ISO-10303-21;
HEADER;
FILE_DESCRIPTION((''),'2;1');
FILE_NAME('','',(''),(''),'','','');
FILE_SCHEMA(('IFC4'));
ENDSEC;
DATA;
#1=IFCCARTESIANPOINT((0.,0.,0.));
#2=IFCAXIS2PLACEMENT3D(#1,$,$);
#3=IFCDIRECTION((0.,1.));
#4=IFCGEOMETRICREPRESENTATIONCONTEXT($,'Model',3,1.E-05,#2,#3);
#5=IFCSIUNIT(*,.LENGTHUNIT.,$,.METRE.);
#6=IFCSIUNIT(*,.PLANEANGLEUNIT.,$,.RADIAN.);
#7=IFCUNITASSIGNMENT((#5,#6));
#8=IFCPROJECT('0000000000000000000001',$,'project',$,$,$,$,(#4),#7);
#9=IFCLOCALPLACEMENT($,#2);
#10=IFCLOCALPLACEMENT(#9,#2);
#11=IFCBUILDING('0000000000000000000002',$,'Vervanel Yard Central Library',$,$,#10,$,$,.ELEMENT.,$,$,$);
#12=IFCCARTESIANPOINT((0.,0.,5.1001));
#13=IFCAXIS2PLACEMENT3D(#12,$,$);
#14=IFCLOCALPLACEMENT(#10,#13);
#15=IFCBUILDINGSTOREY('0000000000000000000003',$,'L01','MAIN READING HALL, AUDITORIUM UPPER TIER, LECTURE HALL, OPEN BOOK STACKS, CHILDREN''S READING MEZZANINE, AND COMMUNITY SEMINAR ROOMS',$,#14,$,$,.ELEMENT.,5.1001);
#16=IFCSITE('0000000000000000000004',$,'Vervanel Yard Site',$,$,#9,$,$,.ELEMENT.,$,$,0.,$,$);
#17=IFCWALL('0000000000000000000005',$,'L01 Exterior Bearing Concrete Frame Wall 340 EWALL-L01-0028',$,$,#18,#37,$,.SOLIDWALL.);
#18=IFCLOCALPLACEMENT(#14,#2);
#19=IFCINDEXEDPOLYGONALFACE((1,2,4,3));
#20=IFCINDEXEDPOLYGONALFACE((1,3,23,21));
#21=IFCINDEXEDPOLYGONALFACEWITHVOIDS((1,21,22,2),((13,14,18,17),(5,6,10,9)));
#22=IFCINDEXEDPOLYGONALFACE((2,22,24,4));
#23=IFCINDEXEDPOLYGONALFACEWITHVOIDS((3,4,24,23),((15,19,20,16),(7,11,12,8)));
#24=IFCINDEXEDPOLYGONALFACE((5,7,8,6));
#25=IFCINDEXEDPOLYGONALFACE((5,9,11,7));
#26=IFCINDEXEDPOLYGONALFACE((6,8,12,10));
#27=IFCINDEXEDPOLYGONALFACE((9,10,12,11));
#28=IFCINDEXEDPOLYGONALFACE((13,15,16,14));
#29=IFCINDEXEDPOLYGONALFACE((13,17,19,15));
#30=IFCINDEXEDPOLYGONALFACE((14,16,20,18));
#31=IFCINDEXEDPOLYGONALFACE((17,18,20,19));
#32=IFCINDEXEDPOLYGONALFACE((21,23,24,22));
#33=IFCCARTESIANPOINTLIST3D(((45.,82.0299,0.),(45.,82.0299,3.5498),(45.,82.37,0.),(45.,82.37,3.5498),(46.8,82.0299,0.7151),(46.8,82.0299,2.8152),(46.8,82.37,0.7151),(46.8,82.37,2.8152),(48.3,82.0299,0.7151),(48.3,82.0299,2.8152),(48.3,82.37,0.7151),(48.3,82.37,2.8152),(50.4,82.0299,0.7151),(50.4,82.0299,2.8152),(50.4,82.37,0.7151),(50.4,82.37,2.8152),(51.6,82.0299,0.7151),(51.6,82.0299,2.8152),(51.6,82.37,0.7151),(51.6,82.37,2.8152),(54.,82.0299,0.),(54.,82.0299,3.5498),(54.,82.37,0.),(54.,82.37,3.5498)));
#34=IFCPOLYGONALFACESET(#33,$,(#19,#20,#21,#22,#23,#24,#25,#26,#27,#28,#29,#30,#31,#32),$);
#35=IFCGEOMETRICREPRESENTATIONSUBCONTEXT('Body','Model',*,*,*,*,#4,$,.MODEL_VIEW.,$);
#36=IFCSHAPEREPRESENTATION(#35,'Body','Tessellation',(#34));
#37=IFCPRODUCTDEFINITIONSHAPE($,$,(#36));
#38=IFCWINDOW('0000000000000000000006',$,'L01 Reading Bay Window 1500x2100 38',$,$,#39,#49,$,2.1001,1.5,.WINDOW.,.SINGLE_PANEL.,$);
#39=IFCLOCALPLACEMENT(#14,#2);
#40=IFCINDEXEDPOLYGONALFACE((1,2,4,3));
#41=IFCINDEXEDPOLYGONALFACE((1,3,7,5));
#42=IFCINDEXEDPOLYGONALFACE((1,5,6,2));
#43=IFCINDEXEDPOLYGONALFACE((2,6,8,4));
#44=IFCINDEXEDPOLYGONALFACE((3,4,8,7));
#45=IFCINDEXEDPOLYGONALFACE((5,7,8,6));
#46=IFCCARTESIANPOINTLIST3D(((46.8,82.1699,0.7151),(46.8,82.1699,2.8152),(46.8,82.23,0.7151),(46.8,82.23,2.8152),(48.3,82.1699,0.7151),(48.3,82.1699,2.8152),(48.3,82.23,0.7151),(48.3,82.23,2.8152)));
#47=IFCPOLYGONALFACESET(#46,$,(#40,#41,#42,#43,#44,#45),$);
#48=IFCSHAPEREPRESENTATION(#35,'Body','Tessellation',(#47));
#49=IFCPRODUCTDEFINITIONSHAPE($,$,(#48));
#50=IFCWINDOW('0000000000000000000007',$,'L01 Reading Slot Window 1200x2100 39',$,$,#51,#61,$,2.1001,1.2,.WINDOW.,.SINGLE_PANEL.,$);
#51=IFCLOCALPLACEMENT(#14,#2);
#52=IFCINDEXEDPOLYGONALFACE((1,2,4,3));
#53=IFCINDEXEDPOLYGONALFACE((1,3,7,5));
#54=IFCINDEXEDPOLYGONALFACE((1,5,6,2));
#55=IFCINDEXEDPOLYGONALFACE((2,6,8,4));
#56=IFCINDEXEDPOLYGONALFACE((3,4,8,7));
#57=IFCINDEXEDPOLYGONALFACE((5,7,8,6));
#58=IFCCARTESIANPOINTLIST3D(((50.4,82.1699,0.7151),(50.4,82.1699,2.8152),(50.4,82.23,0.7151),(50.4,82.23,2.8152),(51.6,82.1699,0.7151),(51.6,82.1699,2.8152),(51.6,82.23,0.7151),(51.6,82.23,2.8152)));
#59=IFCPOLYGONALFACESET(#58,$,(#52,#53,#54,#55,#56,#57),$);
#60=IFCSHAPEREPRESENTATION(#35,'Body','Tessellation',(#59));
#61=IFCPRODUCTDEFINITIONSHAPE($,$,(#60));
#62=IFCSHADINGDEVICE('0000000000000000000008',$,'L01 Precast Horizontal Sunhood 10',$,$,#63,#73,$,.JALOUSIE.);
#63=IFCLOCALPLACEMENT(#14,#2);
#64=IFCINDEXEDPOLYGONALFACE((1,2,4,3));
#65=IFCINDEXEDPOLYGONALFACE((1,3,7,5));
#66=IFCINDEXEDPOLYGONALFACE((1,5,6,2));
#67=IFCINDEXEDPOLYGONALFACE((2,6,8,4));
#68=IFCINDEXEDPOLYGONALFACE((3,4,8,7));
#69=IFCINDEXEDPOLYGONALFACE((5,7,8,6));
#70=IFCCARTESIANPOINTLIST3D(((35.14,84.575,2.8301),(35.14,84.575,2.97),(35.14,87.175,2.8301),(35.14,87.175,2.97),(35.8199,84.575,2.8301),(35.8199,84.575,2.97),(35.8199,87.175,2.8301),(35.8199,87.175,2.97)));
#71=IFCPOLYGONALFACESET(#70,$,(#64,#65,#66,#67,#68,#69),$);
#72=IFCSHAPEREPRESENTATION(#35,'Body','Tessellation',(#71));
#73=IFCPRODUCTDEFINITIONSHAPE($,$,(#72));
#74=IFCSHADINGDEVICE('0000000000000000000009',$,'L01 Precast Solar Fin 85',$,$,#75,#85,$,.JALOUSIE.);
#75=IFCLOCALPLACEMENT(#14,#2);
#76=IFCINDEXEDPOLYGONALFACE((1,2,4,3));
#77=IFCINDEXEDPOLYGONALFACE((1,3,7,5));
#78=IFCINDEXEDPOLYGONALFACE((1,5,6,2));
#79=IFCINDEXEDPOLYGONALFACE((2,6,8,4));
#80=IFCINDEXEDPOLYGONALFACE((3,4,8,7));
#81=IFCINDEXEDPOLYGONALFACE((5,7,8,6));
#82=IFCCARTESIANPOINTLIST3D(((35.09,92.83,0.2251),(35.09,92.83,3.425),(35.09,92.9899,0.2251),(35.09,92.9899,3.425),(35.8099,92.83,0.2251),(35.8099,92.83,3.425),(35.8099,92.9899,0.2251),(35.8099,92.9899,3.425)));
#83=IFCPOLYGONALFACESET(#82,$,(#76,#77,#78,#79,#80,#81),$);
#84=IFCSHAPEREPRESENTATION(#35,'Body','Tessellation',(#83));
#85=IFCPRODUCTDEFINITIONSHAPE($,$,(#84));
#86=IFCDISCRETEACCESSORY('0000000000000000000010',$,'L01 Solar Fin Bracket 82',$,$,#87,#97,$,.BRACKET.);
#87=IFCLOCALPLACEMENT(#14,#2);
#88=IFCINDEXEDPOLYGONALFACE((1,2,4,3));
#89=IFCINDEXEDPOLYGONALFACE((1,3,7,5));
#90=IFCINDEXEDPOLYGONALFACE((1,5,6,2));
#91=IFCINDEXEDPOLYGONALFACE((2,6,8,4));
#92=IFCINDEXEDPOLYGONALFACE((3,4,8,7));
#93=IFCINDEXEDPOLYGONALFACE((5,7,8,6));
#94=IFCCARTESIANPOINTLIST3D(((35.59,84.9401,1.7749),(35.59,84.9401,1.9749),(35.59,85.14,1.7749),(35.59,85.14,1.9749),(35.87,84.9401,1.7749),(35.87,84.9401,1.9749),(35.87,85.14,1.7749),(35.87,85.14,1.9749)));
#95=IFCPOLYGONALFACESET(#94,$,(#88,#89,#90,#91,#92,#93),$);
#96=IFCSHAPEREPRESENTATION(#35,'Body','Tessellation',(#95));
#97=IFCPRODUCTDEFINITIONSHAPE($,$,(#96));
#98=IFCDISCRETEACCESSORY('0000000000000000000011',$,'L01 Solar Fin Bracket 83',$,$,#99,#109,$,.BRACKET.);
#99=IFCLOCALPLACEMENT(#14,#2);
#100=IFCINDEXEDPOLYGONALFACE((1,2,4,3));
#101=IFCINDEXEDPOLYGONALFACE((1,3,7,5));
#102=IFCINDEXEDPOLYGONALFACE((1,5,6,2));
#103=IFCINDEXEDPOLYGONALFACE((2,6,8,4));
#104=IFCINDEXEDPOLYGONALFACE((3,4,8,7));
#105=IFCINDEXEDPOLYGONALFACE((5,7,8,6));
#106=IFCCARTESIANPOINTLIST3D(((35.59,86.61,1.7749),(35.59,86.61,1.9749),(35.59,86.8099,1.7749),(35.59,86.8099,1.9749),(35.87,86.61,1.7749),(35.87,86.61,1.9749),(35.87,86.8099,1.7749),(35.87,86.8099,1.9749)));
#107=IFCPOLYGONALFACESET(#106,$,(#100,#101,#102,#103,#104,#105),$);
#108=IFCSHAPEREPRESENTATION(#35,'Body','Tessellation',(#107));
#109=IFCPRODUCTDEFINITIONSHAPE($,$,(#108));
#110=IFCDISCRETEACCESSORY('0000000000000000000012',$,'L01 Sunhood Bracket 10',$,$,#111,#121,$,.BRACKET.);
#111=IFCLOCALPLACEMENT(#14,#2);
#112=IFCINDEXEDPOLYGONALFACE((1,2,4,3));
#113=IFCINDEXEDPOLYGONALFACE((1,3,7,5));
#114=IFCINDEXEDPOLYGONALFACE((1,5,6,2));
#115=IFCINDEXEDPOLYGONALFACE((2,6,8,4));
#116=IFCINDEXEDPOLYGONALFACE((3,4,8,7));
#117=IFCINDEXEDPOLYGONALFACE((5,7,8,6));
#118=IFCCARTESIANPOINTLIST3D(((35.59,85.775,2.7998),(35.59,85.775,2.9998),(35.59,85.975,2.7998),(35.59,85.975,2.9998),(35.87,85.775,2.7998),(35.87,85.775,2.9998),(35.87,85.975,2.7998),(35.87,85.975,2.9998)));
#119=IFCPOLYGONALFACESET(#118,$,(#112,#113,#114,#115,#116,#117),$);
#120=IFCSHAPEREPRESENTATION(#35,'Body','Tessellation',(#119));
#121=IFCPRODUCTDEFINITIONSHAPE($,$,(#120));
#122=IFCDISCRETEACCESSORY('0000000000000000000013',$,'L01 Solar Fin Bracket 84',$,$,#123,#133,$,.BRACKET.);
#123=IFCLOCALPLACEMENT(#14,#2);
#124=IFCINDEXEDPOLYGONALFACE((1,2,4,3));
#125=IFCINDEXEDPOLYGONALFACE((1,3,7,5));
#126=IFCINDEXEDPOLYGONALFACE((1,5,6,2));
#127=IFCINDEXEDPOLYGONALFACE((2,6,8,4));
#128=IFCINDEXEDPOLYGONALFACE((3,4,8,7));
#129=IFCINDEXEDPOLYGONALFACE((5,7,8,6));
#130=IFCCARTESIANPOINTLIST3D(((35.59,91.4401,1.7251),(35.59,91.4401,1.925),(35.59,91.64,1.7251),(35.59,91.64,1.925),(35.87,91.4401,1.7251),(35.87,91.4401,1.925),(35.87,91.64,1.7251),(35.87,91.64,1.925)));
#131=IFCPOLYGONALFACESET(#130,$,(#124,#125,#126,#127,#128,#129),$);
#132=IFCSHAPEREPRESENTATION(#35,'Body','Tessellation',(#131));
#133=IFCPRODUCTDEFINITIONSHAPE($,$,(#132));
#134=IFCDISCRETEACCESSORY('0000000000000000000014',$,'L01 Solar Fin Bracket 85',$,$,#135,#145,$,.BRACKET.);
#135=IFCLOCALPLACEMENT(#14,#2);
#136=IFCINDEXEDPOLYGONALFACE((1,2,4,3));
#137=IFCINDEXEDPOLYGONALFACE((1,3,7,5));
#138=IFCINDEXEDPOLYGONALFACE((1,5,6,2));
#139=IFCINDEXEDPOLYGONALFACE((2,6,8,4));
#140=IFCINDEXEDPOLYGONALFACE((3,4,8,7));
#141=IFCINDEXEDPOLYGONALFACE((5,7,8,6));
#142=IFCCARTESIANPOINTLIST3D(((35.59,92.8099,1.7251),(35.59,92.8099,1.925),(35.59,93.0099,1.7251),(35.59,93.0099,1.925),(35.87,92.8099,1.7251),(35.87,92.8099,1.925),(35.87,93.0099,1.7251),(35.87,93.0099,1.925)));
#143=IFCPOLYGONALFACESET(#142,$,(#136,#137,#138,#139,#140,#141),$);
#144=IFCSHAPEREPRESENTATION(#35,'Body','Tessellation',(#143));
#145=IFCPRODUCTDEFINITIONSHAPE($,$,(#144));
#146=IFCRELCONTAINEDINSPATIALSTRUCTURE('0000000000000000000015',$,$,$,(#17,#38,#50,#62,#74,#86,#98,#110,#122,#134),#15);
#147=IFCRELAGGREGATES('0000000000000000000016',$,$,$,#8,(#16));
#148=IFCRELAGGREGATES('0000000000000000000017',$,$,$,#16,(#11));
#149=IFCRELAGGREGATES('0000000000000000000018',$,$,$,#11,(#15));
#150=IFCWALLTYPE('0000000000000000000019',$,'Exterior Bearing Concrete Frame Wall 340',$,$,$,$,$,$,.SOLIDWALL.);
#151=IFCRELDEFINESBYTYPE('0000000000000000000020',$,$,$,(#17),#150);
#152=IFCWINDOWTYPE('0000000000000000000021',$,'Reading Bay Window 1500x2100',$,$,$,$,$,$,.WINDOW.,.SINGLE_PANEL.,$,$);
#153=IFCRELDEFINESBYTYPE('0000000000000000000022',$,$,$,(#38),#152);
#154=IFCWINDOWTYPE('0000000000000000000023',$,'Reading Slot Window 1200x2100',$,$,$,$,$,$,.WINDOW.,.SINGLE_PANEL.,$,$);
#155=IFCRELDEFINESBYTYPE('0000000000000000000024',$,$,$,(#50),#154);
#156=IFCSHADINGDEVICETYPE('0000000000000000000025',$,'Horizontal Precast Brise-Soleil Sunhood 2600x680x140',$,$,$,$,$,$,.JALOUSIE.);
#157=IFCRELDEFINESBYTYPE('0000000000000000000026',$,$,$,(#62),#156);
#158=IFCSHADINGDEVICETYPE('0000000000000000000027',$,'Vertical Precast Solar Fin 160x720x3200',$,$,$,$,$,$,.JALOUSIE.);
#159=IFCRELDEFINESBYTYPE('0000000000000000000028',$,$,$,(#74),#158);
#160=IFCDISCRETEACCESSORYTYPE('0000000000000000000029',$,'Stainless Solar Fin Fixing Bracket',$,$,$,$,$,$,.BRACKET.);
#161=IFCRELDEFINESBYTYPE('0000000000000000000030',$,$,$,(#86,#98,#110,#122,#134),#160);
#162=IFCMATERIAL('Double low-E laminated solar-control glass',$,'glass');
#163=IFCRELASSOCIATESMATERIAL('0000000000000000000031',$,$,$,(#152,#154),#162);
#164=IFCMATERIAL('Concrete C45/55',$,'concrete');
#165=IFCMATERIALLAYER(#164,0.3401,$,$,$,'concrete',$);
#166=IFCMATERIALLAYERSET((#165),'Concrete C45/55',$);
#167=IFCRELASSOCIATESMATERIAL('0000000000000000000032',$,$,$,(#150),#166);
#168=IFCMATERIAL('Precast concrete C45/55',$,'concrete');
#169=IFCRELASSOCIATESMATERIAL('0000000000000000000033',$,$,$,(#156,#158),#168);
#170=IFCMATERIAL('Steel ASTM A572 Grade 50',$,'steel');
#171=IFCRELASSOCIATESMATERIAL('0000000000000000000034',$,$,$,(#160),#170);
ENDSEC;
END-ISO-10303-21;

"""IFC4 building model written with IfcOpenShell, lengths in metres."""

from ifc_helpers import new_model, si_unit, direction, frame, frame_2d, origin, origin_2d, place, context, subcontext, project, spatial, rectangle, extrude, material, layer, layer_set, type_object, element, fill, save


model = new_model("IFC4")

# Units and contexts
model_context = context("Model", 3, precision=1e-05, world=origin(), true_north=direction((0.0, 1.0)))
body_context = subcontext(model_context, "Body", "Model", "MODEL_VIEW")
ifc_project = project(units=[si_unit("LENGTHUNIT", "METRE"), si_unit("PLANEANGLEUNIT", "RADIAN")], contexts=[model_context])

# Site, building, storey
site_placement = place(None, origin())
site = spatial("IfcSite", under=ifc_project, at=site_placement, Name="Vervanel Yard Site", CompositionType="ELEMENT", RefElevation=0.0)
building_placement = place(site_placement, origin())
building = spatial("IfcBuilding", under=site, at=building_placement, Name="Vervanel Yard Central Library", CompositionType="ELEMENT")
storey_placement = place(building_placement, frame((0.0, 0.0, 5.1001)))
storey = spatial("IfcBuildingStorey", under=building, at=storey_placement, Name="L01", Description="MAIN READING HALL, AUDITORIUM UPPER TIER, LECTURE HALL, OPEN BOOK STACKS, CHILDREN'S READING MEZZANINE, AND COMMUNITY SEMINAR ROOMS", CompositionType="ELEMENT", Elevation=5.1001)

# Shared definitions
ifc_material_1 = material(Name="Concrete C45/55", Category="concrete")

# Wall, openings, windows
ifc_material_2 = material(Name="Precast concrete C45/55", Category="concrete")
ifc_material_3 = material(Name="Double low-E laminated solar-control glass", Category="glass")
window_type_1 = type_object("IfcWindowType", Name="Reading Bay Window 1500x2100", PartitioningType="SINGLE_PANEL", PredefinedType="WINDOW", material=ifc_material_3)
ifc_layer_1 = layer(ifc_material_1, 0.3401, Category="concrete")
ifc_layer_set_1 = layer_set([ifc_layer_1], Name="Concrete C45/55")
wall_type_1 = type_object("IfcWallType", Name="Exterior Bearing Concrete Frame Wall 340", PredefinedType="SOLIDWALL", material=ifc_layer_set_1)
window_type_2 = type_object("IfcWindowType", Name="Reading Slot Window 1200x2100", PartitioningType="SINGLE_PANEL", PredefinedType="WINDOW", material=ifc_material_3)
wall_1_placement = place(storey_placement, frame((45.0, 82.2, 0.0), z_axis=(0.0, 0.0, 1.0), x_axis=(1.0, 0.0, 0.0)))
wall_1 = element("IfcWall", 1, at=wall_1_placement, inside=storey, type_object=wall_type_1, Name="L01 Exterior Bearing Concrete Frame Wall 340 EWALL-L01-0028", PredefinedType="SOLIDWALL", context=body_context, shape_type="SweptSolid", body=[
    extrude(rectangle(XDim=9.0, YDim=0.3401, at=frame_2d((4.5, 0.0))), origin(), (0.0, 0.0, 1.0), 3.5498),
])
opening_1_placement = place(wall_1_placement, frame((1.8, 0.0, 0.7151)))
opening_1 = element("IfcOpeningElement", 2, at=opening_1_placement, cuts=wall_1, PredefinedType="OPENING", context=body_context, shape_type="SweptSolid", body=[
    extrude(rectangle(XDim=1.5, YDim=2.1001, at=frame_2d((0.75, 1.05))), frame((0.0, 0.1799, 0.0), z_axis=(0.0, -1.0, 0.0), x_axis=(1.0, 0.0, 0.0)), (0.0, 0.0, 1.0), 0.3601),
])
opening_2_placement = place(wall_1_placement, frame((5.3999, 0.0, 0.7151)))
opening_2 = element("IfcOpeningElement", 3, at=opening_2_placement, cuts=wall_1, PredefinedType="OPENING", context=body_context, shape_type="SweptSolid", body=[
    extrude(rectangle(XDim=1.2, YDim=2.1001, at=frame_2d((0.6001, 1.05))), frame((0.0, 0.1799, 0.0), z_axis=(0.0, -1.0, 0.0), x_axis=(1.0, 0.0, 0.0)), (0.0, 0.0, 1.0), 0.3601),
])
window_1_placement = place(opening_1_placement, origin())
window_1 = element("IfcWindow", 4, at=window_1_placement, inside=storey, type_object=window_type_1, Name="L01 Reading Bay Window 1500x2100 38", OverallHeight=2.1001, OverallWidth=1.5, PartitioningType="SINGLE_PANEL", PredefinedType="WINDOW", context=body_context, shape_type="SweptSolid", body=[
    extrude(rectangle(XDim=1.5, YDim=2.1001, at=frame_2d((0.75, 1.05))), frame((0.0, 0.03, 0.0), z_axis=(0.0, -1.0, 0.0), x_axis=(1.0, 0.0, 0.0)), (0.0, 0.0, 1.0), 0.0601),
])
fill(opening_1, window_1)
window_2_placement = place(opening_2_placement, origin())
window_2 = element("IfcWindow", 5, at=window_2_placement, inside=storey, type_object=window_type_2, Name="L01 Reading Slot Window 1200x2100 39", OverallHeight=2.1001, OverallWidth=1.2, PartitioningType="SINGLE_PANEL", PredefinedType="WINDOW", context=body_context, shape_type="SweptSolid", body=[
    extrude(rectangle(XDim=1.2, YDim=2.1001, at=frame_2d((0.6001, 1.05))), frame((0.0, 0.03, 0.0), z_axis=(0.0, -1.0, 0.0), x_axis=(1.0, 0.0, 0.0)), (0.0, 0.0, 1.0), 0.0601),
])
fill(opening_2, window_2)

# Shading devices
shading_device_type_1 = type_object("IfcShadingDeviceType", Name="Horizontal Precast Brise-Soleil Sunhood 2600x680x140", PredefinedType="JALOUSIE", material=ifc_material_2)
shading_device_1_placement = place(storey_placement, frame((35.48, 85.875, 2.8301), z_axis=(0.0, 0.0, 1.0), x_axis=(0.0, 1.0, 0.0)))
element("IfcShadingDevice", 6, at=shading_device_1_placement, inside=storey, type_object=shading_device_type_1, Name="L01 Precast Horizontal Sunhood 10", PredefinedType="JALOUSIE", context=body_context, shape_type="SweptSolid", body=[
    extrude(rectangle(XDim=2.6001, YDim=0.6799, at=origin_2d()), origin(), (0.0, 0.0, 1.0), 0.1399),
])
shading_device_type_2 = type_object("IfcShadingDeviceType", Name="Vertical Precast Solar Fin 160x720x3200", PredefinedType="JALOUSIE", material=ifc_material_2)
shading_device_2_placement = place(storey_placement, frame((35.45, 92.9099, 0.2251), z_axis=(0.0, 0.0, 1.0), x_axis=(0.0, 1.0, 0.0)))
element("IfcShadingDevice", 7, at=shading_device_2_placement, inside=storey, type_object=shading_device_type_2, Name="L01 Precast Solar Fin 85", PredefinedType="JALOUSIE", context=body_context, shape_type="SweptSolid", body=[
    extrude(rectangle(XDim=0.1599, YDim=0.72, at=origin_2d()), origin(), (0.0, 0.0, 1.0), 3.2),
])

# Discrete accessories
ifc_material_4 = material(Name="Steel ASTM A572 Grade 50", Category="steel")
discrete_accessory_type = type_object("IfcDiscreteAccessoryType", Name="Stainless Solar Fin Fixing Bracket", PredefinedType="BRACKET", material=ifc_material_4)
for number, where, z_axis, x_axis, name in (
    (8, (35.73, 85.04, 1.7749), (0.0, 0.0, 1.0), (0.0, 1.0, 0.0), "L01 Solar Fin Bracket 82"),
    (9, (35.73, 86.71, 1.7749), (0.0, 0.0, 1.0), (0.0, 1.0, 0.0), "L01 Solar Fin Bracket 83"),
    (10, (35.73, 85.875, 2.7998), (0.0, 0.0, 1.0), (0.0, 1.0, 0.0), "L01 Sunhood Bracket 10"),
    (11, (35.73, 91.54, 1.7251), (0.0, 0.0, 1.0), (0.0, 1.0, 0.0), "L01 Solar Fin Bracket 84"),
    (12, (35.73, 92.9099, 1.7251), (0.0, 0.0, 1.0), (0.0, 1.0, 0.0), "L01 Solar Fin Bracket 85"),
):
    element("IfcDiscreteAccessory", number, at=place(storey_placement, frame(where, z_axis=z_axis, x_axis=x_axis)), inside=storey, type_object=discrete_accessory_type, Name=name, PredefinedType="BRACKET", context=body_context, shape_type="SweptSolid", body=[
        extrude(rectangle(XDim=0.2, YDim=0.28, at=origin_2d()), origin(), (0.0, 0.0, 1.0), 0.2),
    ])

save(model, "model.ifc")
